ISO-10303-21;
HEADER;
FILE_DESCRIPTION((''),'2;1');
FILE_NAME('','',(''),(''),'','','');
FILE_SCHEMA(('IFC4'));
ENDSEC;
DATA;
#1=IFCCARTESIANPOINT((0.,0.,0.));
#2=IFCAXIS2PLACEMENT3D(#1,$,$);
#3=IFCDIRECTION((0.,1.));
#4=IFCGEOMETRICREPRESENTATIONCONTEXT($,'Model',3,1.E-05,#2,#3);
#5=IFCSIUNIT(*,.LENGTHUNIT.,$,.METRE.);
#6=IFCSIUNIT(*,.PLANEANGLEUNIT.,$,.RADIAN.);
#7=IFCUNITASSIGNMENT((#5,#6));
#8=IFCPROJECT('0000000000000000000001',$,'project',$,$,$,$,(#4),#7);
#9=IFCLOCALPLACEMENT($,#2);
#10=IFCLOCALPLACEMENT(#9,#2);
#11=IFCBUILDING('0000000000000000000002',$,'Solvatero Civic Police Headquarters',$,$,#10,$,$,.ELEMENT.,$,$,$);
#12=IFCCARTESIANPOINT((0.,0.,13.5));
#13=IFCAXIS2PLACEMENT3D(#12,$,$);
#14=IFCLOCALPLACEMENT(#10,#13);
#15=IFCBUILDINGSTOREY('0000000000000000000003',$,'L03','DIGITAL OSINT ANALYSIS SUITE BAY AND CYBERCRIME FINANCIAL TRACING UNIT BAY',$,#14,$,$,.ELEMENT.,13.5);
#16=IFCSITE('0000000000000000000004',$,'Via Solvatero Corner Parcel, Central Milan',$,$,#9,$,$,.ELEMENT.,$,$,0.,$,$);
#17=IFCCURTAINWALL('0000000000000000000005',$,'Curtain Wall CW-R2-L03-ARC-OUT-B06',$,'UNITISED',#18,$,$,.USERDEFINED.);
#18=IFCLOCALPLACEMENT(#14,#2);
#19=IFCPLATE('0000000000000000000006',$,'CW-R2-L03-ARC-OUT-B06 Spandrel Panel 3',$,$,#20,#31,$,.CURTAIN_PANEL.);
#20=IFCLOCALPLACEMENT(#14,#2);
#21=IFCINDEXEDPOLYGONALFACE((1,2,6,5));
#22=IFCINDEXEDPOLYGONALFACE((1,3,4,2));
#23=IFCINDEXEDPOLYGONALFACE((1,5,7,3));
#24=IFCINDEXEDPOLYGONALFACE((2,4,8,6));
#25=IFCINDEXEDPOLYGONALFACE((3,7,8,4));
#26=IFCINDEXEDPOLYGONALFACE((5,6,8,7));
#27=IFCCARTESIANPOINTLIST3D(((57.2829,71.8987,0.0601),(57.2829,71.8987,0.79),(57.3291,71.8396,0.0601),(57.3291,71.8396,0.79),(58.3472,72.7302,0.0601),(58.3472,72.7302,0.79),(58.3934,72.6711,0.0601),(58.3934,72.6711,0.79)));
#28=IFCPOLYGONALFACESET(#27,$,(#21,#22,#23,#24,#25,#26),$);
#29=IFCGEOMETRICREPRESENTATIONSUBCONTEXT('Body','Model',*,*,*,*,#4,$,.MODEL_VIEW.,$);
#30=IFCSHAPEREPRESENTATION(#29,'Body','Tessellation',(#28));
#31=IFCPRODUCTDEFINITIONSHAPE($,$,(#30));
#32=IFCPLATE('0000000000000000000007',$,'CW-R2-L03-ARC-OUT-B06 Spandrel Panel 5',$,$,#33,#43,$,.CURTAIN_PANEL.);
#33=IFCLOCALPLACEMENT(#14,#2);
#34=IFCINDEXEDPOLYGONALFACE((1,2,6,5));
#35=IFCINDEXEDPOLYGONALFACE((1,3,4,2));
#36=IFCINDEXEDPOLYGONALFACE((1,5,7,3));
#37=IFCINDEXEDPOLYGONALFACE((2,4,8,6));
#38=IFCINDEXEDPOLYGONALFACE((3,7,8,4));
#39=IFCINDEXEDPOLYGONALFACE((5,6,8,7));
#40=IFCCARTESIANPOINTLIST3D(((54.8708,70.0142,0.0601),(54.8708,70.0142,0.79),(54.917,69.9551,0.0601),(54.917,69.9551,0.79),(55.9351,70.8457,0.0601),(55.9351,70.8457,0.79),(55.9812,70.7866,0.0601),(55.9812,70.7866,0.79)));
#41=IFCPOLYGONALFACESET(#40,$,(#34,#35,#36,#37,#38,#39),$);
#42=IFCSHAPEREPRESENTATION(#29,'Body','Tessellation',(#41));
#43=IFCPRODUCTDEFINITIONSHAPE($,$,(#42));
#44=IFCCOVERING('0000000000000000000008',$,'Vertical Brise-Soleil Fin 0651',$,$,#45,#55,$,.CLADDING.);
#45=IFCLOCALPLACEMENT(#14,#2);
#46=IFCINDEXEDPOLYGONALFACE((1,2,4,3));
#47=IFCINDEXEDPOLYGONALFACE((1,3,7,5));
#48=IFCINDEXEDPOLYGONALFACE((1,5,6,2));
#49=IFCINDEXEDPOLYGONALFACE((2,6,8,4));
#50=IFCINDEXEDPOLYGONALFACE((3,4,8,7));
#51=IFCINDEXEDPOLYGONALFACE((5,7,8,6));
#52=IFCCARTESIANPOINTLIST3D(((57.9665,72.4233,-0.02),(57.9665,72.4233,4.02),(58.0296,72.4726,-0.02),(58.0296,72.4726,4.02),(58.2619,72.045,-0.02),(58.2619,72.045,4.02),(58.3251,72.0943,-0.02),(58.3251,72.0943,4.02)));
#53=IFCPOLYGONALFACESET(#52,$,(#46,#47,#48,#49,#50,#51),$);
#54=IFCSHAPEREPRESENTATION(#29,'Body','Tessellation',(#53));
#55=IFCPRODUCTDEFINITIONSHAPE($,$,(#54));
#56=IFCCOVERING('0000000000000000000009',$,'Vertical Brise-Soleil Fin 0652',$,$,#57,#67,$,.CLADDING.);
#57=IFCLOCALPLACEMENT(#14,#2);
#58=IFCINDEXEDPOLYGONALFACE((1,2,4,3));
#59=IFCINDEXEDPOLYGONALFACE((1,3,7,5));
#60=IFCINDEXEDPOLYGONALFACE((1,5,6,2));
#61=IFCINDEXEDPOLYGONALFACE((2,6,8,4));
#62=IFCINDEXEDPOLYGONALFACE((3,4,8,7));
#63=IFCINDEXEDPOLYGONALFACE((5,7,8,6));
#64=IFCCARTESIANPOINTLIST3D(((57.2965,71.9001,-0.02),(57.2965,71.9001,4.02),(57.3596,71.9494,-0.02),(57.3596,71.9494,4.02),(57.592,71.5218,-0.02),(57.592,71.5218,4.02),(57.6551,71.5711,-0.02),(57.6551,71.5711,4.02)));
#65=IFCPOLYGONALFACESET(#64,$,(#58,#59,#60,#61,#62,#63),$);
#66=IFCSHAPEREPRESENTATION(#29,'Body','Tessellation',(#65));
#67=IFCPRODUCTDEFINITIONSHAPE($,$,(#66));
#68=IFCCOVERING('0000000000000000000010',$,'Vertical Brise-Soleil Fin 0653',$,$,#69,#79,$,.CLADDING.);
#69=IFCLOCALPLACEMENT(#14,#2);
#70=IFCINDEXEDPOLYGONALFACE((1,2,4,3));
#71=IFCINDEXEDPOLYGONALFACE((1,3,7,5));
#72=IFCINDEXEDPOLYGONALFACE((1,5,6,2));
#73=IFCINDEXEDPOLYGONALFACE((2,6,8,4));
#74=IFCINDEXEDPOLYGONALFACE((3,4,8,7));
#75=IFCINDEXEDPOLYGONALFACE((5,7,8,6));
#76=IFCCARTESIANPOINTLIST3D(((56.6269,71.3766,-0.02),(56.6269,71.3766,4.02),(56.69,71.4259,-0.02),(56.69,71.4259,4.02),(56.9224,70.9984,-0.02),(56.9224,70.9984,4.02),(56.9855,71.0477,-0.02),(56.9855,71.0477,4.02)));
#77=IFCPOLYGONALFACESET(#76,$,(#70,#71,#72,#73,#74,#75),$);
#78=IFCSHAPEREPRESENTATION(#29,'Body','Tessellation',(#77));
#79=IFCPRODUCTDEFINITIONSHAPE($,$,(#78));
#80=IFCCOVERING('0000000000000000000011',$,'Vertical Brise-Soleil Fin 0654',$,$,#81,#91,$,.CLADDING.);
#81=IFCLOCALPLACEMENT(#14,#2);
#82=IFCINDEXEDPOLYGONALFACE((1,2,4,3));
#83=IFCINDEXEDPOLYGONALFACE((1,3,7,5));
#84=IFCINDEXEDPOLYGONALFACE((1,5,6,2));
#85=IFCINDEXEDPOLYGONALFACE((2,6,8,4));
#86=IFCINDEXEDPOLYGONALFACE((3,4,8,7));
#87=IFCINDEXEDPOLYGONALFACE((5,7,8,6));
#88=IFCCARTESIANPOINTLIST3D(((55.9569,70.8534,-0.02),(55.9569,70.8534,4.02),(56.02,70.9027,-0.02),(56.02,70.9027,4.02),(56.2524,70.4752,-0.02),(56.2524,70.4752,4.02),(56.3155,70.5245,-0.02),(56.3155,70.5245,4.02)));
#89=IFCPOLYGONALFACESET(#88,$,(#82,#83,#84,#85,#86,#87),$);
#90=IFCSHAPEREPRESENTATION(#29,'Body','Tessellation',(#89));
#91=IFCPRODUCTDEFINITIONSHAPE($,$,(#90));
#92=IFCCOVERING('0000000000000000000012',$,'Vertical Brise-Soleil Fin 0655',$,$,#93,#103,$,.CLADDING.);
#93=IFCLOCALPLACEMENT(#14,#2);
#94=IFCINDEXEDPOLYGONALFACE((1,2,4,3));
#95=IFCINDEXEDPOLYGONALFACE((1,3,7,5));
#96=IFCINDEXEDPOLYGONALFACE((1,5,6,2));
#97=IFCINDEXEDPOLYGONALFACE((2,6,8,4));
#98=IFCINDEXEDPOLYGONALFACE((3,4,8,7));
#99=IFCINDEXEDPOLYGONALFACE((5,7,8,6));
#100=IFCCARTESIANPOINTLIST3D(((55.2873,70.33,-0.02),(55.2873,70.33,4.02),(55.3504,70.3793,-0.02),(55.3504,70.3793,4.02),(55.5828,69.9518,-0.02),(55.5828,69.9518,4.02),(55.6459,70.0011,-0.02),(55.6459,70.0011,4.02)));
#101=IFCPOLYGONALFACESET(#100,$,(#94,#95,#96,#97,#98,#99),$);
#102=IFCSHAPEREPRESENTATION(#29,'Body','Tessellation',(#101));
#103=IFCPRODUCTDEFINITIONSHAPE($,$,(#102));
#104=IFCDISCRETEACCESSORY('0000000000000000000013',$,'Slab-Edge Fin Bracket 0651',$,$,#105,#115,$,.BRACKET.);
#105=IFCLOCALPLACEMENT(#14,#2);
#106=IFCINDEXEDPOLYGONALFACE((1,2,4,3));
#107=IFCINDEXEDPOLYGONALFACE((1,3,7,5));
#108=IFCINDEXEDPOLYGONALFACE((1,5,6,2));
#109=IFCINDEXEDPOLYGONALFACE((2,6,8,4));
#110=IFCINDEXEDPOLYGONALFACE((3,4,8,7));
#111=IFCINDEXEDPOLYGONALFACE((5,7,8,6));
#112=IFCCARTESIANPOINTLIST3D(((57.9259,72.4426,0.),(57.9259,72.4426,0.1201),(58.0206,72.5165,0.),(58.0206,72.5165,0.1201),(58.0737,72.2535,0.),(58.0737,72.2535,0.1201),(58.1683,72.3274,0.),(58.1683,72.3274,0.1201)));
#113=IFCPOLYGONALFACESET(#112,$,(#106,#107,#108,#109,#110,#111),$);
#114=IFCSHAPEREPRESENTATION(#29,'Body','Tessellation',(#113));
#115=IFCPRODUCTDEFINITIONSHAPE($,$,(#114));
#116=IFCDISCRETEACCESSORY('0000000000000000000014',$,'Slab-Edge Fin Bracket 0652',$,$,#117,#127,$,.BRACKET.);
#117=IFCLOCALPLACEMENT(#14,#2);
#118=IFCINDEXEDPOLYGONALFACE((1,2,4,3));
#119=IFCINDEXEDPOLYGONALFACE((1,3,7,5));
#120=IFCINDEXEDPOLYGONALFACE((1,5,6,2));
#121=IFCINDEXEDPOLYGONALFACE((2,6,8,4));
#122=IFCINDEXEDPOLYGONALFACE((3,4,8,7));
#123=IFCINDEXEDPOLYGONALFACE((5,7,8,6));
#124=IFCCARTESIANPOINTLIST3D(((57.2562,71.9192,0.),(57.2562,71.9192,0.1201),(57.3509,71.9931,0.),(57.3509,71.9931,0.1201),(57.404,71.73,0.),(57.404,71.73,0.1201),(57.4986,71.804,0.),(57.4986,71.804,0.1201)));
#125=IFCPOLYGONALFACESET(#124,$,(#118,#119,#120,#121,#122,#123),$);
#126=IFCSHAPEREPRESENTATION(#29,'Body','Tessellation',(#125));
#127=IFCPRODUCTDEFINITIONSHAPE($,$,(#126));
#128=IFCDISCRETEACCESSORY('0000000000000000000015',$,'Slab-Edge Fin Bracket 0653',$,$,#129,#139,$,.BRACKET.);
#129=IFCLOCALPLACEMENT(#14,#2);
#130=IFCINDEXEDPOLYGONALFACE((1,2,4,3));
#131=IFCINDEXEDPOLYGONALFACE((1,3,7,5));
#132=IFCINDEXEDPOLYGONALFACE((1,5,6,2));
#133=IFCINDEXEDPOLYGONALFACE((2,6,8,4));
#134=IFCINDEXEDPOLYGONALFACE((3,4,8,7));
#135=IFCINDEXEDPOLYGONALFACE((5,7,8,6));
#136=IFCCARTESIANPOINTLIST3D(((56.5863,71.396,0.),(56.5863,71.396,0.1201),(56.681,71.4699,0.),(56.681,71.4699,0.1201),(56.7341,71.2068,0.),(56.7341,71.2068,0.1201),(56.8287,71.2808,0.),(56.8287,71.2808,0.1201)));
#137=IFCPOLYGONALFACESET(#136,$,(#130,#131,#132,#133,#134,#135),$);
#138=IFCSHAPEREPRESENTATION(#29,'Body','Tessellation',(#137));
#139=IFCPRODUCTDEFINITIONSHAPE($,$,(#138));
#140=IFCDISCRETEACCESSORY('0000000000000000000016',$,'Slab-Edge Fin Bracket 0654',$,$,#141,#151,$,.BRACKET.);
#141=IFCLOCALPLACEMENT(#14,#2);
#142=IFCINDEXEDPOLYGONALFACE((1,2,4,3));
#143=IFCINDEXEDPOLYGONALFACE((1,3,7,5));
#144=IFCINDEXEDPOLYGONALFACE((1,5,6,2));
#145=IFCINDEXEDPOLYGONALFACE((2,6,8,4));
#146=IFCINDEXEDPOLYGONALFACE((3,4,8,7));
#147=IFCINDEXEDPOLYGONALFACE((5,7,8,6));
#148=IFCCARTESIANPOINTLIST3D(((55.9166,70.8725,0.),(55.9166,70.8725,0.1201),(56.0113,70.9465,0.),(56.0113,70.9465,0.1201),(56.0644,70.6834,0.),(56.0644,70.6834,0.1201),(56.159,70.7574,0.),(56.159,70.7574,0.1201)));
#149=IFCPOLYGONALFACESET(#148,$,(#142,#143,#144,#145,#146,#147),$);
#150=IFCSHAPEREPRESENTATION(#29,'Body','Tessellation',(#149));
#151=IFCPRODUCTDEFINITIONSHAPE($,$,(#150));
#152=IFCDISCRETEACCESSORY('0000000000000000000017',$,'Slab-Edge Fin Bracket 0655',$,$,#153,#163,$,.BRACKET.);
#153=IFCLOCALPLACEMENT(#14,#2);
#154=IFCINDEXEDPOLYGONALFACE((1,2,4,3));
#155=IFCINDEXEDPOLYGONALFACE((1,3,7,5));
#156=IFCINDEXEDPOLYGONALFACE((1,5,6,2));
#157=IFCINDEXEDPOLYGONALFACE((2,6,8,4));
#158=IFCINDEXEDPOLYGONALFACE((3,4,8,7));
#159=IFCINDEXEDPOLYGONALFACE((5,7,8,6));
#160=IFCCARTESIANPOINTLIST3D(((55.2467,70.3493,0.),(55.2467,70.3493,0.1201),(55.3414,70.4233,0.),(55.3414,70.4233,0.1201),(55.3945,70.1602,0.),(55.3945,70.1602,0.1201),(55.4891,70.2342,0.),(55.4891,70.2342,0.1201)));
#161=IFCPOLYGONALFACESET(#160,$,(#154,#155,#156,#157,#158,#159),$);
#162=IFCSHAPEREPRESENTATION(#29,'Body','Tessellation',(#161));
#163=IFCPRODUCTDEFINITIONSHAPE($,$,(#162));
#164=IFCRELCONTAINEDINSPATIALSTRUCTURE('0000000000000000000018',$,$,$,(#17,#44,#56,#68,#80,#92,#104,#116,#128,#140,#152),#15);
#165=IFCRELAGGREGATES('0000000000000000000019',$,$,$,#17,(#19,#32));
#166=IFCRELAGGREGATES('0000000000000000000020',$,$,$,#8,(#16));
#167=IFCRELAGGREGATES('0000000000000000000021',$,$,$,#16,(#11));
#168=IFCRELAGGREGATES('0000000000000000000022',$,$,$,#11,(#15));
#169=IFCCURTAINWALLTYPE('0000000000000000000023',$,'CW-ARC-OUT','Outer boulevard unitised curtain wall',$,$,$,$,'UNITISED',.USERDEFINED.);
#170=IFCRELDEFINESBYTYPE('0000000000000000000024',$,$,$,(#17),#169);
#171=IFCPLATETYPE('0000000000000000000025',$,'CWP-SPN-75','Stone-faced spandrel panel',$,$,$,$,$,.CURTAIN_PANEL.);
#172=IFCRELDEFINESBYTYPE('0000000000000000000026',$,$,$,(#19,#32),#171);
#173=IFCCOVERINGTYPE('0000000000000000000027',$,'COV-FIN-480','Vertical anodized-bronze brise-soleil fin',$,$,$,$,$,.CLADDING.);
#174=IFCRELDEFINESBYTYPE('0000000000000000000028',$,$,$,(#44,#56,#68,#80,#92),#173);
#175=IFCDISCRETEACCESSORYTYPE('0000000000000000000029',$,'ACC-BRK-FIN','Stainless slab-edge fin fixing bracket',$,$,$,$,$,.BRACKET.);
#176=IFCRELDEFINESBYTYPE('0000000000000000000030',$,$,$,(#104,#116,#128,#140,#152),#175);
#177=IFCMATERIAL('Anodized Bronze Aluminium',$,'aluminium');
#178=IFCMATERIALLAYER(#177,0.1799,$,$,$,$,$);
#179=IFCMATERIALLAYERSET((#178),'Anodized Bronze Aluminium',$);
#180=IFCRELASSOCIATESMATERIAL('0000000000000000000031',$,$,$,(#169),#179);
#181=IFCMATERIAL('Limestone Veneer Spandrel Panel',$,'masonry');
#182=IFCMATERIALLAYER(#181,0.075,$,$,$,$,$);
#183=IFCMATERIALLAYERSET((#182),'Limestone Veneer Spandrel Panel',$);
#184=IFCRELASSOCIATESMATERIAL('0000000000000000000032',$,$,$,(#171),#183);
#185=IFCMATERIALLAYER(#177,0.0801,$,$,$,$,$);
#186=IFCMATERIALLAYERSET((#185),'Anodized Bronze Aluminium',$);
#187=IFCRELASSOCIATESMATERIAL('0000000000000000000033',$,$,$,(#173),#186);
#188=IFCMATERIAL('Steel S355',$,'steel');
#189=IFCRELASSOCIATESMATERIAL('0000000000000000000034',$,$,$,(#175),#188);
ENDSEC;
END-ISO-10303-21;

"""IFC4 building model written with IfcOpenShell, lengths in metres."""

from ifc_helpers import new_model, si_unit, direction, frame, origin, origin_2d, place, context, subcontext, project, spatial, rectangle, extrude, material, layer, layer_set, type_object, element, aggregate, save


model = new_model("IFC4")

# Units and contexts
model_context = context("Model", 3, precision=1e-05, world=origin(), true_north=direction((0.0, 1.0)))
body_context = subcontext(model_context, "Body", "Model", "MODEL_VIEW")
ifc_project = project(units=[si_unit("LENGTHUNIT", "METRE"), si_unit("PLANEANGLEUNIT", "RADIAN")], contexts=[model_context])

# Site, building, storey
site_placement = place(None, origin())
site = spatial("IfcSite", under=ifc_project, at=site_placement, Name="Via Solvatero Corner Parcel, Central Milan", CompositionType="ELEMENT", RefElevation=0.0)
building_placement = place(site_placement, origin())
building = spatial("IfcBuilding", under=site, at=building_placement, Name="Solvatero Civic Police Headquarters", CompositionType="ELEMENT")
storey_placement = place(building_placement, frame((0.0, 0.0, 13.5)))
storey = spatial("IfcBuildingStorey", under=building, at=storey_placement, Name="L03", Description="DIGITAL OSINT ANALYSIS SUITE BAY AND CYBERCRIME FINANCIAL TRACING UNIT BAY", CompositionType="ELEMENT", Elevation=13.5)

# Shared definitions
ifc_material_1 = material(Name="Steel S355", Category="steel")

# Shared definitions
ifc_material_2 = material(Name="Anodized Bronze Aluminium", Category="aluminium")
ifc_layer_1 = layer(ifc_material_2, 0.1799)
ifc_layer_set_1 = layer_set([ifc_layer_1], Name="Anodized Bronze Aluminium")
curtain_wall_type = type_object("IfcCurtainWallType", Name="CW-ARC-OUT", Description="Outer boulevard unitised curtain wall", ElementType="UNITISED", PredefinedType="USERDEFINED", material=ifc_layer_set_1)

# Curtain wall
curtain_wall_1_placement = place(storey_placement, origin())
curtain_wall_1 = element("IfcCurtainWall", 1, at=curtain_wall_1_placement, inside=storey, type_object=curtain_wall_type, Name="Curtain Wall CW-R2-L03-ARC-OUT-B06", ObjectType="UNITISED", PredefinedType="USERDEFINED")

# Plates
ifc_material_3 = material(Name="Limestone Veneer Spandrel Panel", Category="masonry")
ifc_layer_2 = layer(ifc_material_3, 0.075)
ifc_layer_set_2 = layer_set([ifc_layer_2], Name="Limestone Veneer Spandrel Panel")
plate_type_1 = type_object("IfcPlateType", Name="CWP-SPN-75", Description="Stone-faced spandrel panel", PredefinedType="CURTAIN_PANEL", material=ifc_layer_set_2)
plate_1_placement = place(storey_placement, frame((57.8381, 72.2849, 0.0601), z_axis=(0.0, 0.0, 1.0), x_axis=(-0.788021, -0.615648, 0.0)))
plate_1 = element("IfcPlate", 2, at=plate_1_placement, type_object=plate_type_1, Name="CW-R2-L03-ARC-OUT-B06 Spandrel Panel 3", PredefinedType="CURTAIN_PANEL", context=body_context, shape_type="SweptSolid", body=[
    extrude(rectangle(XDim=1.3506, YDim=0.075, at=origin_2d()), origin(), (0.0, 0.0, 1.0), 0.73),
])
plate_2_placement = place(storey_placement, frame((55.426, 70.4004, 0.0601), z_axis=(0.0, 0.0, 1.0), x_axis=(-0.788021, -0.615648, 0.0)))
plate_2 = element("IfcPlate", 3, at=plate_2_placement, type_object=plate_type_1, Name="CW-R2-L03-ARC-OUT-B06 Spandrel Panel 5", PredefinedType="CURTAIN_PANEL", context=body_context, shape_type="SweptSolid", body=[
    extrude(rectangle(XDim=1.3506, YDim=0.075, at=origin_2d()), origin(), (0.0, 0.0, 1.0), 0.73),
])
aggregate(curtain_wall_1, [plate_1, plate_2])

# Coverings
ifc_layer_3 = layer(ifc_material_2, 0.0801)
ifc_layer_set_3 = layer_set([ifc_layer_3], Name="Anodized Bronze Aluminium")
covering_type = type_object("IfcCoveringType", Name="COV-FIN-480", Description="Vertical anodized-bronze brise-soleil fin", PredefinedType="CLADDING", material=ifc_layer_set_3)
for number, where, z_axis, x_axis, name in (
    (4, (58.1458, 72.2588, -0.02), (0.0, 0.0, 1.0), (-0.788021, -0.615648, 0.0), "Vertical Brise-Soleil Fin 0651"),
    (5, (57.4758, 71.7356, -0.02), (0.0, 0.0, 1.0), (-0.788021, -0.615648, 0.0), "Vertical Brise-Soleil Fin 0652"),
    (6, (56.8062, 71.2122, -0.02), (0.0, 0.0, 1.0), (-0.788021, -0.615648, 0.0), "Vertical Brise-Soleil Fin 0653"),
    (7, (56.1362, 70.689, -0.02), (0.0, 0.0, 1.0), (-0.788021, -0.615648, 0.0), "Vertical Brise-Soleil Fin 0654"),
    (8, (55.4666, 70.1655, -0.02), (0.0, 0.0, 1.0), (-0.788021, -0.615648, 0.0), "Vertical Brise-Soleil Fin 0655"),
):
    element("IfcCovering", number, at=place(storey_placement, frame(where, z_axis=z_axis, x_axis=x_axis)), inside=storey, type_object=covering_type, Name=name, PredefinedType="CLADDING", context=body_context, shape_type="SweptSolid", body=[
        extrude(rectangle(XDim=0.0801, YDim=0.48, at=origin_2d()), origin(), (0.0, 0.0, 1.0), 4.04),
    ])

# Discrete accessories
discrete_accessory_type = type_object("IfcDiscreteAccessoryType", Name="ACC-BRK-FIN", Description="Stainless slab-edge fin fixing bracket", PredefinedType="BRACKET", material=ifc_material_1)
for number, where, z_axis, x_axis, name in (
    (9, (58.0471, 72.385, 0.0), (0.0, 0.0, 1.0), (-0.788021, -0.615648, 0.0), "Slab-Edge Fin Bracket 0651"),
    (10, (57.3774, 71.8616, 0.0), (0.0, 0.0, 1.0), (-0.788021, -0.615648, 0.0), "Slab-Edge Fin Bracket 0652"),
    (11, (56.7075, 71.3384, 0.0), (0.0, 0.0, 1.0), (-0.788021, -0.615648, 0.0), "Slab-Edge Fin Bracket 0653"),
    (12, (56.0378, 70.8149, 0.0), (0.0, 0.0, 1.0), (-0.788021, -0.615648, 0.0), "Slab-Edge Fin Bracket 0654"),
    (13, (55.3679, 70.2917, 0.0), (0.0, 0.0, 1.0), (-0.788021, -0.615648, 0.0), "Slab-Edge Fin Bracket 0655"),
):
    element("IfcDiscreteAccessory", number, at=place(storey_placement, frame(where, z_axis=z_axis, x_axis=x_axis)), inside=storey, type_object=discrete_accessory_type, Name=name, PredefinedType="BRACKET", context=body_context, shape_type="SweptSolid", body=[
        extrude(rectangle(XDim=0.1201, YDim=0.24, at=origin_2d()), origin(), (0.0, 0.0, 1.0), 0.1201),
    ])

save(model, "model.ifc")
